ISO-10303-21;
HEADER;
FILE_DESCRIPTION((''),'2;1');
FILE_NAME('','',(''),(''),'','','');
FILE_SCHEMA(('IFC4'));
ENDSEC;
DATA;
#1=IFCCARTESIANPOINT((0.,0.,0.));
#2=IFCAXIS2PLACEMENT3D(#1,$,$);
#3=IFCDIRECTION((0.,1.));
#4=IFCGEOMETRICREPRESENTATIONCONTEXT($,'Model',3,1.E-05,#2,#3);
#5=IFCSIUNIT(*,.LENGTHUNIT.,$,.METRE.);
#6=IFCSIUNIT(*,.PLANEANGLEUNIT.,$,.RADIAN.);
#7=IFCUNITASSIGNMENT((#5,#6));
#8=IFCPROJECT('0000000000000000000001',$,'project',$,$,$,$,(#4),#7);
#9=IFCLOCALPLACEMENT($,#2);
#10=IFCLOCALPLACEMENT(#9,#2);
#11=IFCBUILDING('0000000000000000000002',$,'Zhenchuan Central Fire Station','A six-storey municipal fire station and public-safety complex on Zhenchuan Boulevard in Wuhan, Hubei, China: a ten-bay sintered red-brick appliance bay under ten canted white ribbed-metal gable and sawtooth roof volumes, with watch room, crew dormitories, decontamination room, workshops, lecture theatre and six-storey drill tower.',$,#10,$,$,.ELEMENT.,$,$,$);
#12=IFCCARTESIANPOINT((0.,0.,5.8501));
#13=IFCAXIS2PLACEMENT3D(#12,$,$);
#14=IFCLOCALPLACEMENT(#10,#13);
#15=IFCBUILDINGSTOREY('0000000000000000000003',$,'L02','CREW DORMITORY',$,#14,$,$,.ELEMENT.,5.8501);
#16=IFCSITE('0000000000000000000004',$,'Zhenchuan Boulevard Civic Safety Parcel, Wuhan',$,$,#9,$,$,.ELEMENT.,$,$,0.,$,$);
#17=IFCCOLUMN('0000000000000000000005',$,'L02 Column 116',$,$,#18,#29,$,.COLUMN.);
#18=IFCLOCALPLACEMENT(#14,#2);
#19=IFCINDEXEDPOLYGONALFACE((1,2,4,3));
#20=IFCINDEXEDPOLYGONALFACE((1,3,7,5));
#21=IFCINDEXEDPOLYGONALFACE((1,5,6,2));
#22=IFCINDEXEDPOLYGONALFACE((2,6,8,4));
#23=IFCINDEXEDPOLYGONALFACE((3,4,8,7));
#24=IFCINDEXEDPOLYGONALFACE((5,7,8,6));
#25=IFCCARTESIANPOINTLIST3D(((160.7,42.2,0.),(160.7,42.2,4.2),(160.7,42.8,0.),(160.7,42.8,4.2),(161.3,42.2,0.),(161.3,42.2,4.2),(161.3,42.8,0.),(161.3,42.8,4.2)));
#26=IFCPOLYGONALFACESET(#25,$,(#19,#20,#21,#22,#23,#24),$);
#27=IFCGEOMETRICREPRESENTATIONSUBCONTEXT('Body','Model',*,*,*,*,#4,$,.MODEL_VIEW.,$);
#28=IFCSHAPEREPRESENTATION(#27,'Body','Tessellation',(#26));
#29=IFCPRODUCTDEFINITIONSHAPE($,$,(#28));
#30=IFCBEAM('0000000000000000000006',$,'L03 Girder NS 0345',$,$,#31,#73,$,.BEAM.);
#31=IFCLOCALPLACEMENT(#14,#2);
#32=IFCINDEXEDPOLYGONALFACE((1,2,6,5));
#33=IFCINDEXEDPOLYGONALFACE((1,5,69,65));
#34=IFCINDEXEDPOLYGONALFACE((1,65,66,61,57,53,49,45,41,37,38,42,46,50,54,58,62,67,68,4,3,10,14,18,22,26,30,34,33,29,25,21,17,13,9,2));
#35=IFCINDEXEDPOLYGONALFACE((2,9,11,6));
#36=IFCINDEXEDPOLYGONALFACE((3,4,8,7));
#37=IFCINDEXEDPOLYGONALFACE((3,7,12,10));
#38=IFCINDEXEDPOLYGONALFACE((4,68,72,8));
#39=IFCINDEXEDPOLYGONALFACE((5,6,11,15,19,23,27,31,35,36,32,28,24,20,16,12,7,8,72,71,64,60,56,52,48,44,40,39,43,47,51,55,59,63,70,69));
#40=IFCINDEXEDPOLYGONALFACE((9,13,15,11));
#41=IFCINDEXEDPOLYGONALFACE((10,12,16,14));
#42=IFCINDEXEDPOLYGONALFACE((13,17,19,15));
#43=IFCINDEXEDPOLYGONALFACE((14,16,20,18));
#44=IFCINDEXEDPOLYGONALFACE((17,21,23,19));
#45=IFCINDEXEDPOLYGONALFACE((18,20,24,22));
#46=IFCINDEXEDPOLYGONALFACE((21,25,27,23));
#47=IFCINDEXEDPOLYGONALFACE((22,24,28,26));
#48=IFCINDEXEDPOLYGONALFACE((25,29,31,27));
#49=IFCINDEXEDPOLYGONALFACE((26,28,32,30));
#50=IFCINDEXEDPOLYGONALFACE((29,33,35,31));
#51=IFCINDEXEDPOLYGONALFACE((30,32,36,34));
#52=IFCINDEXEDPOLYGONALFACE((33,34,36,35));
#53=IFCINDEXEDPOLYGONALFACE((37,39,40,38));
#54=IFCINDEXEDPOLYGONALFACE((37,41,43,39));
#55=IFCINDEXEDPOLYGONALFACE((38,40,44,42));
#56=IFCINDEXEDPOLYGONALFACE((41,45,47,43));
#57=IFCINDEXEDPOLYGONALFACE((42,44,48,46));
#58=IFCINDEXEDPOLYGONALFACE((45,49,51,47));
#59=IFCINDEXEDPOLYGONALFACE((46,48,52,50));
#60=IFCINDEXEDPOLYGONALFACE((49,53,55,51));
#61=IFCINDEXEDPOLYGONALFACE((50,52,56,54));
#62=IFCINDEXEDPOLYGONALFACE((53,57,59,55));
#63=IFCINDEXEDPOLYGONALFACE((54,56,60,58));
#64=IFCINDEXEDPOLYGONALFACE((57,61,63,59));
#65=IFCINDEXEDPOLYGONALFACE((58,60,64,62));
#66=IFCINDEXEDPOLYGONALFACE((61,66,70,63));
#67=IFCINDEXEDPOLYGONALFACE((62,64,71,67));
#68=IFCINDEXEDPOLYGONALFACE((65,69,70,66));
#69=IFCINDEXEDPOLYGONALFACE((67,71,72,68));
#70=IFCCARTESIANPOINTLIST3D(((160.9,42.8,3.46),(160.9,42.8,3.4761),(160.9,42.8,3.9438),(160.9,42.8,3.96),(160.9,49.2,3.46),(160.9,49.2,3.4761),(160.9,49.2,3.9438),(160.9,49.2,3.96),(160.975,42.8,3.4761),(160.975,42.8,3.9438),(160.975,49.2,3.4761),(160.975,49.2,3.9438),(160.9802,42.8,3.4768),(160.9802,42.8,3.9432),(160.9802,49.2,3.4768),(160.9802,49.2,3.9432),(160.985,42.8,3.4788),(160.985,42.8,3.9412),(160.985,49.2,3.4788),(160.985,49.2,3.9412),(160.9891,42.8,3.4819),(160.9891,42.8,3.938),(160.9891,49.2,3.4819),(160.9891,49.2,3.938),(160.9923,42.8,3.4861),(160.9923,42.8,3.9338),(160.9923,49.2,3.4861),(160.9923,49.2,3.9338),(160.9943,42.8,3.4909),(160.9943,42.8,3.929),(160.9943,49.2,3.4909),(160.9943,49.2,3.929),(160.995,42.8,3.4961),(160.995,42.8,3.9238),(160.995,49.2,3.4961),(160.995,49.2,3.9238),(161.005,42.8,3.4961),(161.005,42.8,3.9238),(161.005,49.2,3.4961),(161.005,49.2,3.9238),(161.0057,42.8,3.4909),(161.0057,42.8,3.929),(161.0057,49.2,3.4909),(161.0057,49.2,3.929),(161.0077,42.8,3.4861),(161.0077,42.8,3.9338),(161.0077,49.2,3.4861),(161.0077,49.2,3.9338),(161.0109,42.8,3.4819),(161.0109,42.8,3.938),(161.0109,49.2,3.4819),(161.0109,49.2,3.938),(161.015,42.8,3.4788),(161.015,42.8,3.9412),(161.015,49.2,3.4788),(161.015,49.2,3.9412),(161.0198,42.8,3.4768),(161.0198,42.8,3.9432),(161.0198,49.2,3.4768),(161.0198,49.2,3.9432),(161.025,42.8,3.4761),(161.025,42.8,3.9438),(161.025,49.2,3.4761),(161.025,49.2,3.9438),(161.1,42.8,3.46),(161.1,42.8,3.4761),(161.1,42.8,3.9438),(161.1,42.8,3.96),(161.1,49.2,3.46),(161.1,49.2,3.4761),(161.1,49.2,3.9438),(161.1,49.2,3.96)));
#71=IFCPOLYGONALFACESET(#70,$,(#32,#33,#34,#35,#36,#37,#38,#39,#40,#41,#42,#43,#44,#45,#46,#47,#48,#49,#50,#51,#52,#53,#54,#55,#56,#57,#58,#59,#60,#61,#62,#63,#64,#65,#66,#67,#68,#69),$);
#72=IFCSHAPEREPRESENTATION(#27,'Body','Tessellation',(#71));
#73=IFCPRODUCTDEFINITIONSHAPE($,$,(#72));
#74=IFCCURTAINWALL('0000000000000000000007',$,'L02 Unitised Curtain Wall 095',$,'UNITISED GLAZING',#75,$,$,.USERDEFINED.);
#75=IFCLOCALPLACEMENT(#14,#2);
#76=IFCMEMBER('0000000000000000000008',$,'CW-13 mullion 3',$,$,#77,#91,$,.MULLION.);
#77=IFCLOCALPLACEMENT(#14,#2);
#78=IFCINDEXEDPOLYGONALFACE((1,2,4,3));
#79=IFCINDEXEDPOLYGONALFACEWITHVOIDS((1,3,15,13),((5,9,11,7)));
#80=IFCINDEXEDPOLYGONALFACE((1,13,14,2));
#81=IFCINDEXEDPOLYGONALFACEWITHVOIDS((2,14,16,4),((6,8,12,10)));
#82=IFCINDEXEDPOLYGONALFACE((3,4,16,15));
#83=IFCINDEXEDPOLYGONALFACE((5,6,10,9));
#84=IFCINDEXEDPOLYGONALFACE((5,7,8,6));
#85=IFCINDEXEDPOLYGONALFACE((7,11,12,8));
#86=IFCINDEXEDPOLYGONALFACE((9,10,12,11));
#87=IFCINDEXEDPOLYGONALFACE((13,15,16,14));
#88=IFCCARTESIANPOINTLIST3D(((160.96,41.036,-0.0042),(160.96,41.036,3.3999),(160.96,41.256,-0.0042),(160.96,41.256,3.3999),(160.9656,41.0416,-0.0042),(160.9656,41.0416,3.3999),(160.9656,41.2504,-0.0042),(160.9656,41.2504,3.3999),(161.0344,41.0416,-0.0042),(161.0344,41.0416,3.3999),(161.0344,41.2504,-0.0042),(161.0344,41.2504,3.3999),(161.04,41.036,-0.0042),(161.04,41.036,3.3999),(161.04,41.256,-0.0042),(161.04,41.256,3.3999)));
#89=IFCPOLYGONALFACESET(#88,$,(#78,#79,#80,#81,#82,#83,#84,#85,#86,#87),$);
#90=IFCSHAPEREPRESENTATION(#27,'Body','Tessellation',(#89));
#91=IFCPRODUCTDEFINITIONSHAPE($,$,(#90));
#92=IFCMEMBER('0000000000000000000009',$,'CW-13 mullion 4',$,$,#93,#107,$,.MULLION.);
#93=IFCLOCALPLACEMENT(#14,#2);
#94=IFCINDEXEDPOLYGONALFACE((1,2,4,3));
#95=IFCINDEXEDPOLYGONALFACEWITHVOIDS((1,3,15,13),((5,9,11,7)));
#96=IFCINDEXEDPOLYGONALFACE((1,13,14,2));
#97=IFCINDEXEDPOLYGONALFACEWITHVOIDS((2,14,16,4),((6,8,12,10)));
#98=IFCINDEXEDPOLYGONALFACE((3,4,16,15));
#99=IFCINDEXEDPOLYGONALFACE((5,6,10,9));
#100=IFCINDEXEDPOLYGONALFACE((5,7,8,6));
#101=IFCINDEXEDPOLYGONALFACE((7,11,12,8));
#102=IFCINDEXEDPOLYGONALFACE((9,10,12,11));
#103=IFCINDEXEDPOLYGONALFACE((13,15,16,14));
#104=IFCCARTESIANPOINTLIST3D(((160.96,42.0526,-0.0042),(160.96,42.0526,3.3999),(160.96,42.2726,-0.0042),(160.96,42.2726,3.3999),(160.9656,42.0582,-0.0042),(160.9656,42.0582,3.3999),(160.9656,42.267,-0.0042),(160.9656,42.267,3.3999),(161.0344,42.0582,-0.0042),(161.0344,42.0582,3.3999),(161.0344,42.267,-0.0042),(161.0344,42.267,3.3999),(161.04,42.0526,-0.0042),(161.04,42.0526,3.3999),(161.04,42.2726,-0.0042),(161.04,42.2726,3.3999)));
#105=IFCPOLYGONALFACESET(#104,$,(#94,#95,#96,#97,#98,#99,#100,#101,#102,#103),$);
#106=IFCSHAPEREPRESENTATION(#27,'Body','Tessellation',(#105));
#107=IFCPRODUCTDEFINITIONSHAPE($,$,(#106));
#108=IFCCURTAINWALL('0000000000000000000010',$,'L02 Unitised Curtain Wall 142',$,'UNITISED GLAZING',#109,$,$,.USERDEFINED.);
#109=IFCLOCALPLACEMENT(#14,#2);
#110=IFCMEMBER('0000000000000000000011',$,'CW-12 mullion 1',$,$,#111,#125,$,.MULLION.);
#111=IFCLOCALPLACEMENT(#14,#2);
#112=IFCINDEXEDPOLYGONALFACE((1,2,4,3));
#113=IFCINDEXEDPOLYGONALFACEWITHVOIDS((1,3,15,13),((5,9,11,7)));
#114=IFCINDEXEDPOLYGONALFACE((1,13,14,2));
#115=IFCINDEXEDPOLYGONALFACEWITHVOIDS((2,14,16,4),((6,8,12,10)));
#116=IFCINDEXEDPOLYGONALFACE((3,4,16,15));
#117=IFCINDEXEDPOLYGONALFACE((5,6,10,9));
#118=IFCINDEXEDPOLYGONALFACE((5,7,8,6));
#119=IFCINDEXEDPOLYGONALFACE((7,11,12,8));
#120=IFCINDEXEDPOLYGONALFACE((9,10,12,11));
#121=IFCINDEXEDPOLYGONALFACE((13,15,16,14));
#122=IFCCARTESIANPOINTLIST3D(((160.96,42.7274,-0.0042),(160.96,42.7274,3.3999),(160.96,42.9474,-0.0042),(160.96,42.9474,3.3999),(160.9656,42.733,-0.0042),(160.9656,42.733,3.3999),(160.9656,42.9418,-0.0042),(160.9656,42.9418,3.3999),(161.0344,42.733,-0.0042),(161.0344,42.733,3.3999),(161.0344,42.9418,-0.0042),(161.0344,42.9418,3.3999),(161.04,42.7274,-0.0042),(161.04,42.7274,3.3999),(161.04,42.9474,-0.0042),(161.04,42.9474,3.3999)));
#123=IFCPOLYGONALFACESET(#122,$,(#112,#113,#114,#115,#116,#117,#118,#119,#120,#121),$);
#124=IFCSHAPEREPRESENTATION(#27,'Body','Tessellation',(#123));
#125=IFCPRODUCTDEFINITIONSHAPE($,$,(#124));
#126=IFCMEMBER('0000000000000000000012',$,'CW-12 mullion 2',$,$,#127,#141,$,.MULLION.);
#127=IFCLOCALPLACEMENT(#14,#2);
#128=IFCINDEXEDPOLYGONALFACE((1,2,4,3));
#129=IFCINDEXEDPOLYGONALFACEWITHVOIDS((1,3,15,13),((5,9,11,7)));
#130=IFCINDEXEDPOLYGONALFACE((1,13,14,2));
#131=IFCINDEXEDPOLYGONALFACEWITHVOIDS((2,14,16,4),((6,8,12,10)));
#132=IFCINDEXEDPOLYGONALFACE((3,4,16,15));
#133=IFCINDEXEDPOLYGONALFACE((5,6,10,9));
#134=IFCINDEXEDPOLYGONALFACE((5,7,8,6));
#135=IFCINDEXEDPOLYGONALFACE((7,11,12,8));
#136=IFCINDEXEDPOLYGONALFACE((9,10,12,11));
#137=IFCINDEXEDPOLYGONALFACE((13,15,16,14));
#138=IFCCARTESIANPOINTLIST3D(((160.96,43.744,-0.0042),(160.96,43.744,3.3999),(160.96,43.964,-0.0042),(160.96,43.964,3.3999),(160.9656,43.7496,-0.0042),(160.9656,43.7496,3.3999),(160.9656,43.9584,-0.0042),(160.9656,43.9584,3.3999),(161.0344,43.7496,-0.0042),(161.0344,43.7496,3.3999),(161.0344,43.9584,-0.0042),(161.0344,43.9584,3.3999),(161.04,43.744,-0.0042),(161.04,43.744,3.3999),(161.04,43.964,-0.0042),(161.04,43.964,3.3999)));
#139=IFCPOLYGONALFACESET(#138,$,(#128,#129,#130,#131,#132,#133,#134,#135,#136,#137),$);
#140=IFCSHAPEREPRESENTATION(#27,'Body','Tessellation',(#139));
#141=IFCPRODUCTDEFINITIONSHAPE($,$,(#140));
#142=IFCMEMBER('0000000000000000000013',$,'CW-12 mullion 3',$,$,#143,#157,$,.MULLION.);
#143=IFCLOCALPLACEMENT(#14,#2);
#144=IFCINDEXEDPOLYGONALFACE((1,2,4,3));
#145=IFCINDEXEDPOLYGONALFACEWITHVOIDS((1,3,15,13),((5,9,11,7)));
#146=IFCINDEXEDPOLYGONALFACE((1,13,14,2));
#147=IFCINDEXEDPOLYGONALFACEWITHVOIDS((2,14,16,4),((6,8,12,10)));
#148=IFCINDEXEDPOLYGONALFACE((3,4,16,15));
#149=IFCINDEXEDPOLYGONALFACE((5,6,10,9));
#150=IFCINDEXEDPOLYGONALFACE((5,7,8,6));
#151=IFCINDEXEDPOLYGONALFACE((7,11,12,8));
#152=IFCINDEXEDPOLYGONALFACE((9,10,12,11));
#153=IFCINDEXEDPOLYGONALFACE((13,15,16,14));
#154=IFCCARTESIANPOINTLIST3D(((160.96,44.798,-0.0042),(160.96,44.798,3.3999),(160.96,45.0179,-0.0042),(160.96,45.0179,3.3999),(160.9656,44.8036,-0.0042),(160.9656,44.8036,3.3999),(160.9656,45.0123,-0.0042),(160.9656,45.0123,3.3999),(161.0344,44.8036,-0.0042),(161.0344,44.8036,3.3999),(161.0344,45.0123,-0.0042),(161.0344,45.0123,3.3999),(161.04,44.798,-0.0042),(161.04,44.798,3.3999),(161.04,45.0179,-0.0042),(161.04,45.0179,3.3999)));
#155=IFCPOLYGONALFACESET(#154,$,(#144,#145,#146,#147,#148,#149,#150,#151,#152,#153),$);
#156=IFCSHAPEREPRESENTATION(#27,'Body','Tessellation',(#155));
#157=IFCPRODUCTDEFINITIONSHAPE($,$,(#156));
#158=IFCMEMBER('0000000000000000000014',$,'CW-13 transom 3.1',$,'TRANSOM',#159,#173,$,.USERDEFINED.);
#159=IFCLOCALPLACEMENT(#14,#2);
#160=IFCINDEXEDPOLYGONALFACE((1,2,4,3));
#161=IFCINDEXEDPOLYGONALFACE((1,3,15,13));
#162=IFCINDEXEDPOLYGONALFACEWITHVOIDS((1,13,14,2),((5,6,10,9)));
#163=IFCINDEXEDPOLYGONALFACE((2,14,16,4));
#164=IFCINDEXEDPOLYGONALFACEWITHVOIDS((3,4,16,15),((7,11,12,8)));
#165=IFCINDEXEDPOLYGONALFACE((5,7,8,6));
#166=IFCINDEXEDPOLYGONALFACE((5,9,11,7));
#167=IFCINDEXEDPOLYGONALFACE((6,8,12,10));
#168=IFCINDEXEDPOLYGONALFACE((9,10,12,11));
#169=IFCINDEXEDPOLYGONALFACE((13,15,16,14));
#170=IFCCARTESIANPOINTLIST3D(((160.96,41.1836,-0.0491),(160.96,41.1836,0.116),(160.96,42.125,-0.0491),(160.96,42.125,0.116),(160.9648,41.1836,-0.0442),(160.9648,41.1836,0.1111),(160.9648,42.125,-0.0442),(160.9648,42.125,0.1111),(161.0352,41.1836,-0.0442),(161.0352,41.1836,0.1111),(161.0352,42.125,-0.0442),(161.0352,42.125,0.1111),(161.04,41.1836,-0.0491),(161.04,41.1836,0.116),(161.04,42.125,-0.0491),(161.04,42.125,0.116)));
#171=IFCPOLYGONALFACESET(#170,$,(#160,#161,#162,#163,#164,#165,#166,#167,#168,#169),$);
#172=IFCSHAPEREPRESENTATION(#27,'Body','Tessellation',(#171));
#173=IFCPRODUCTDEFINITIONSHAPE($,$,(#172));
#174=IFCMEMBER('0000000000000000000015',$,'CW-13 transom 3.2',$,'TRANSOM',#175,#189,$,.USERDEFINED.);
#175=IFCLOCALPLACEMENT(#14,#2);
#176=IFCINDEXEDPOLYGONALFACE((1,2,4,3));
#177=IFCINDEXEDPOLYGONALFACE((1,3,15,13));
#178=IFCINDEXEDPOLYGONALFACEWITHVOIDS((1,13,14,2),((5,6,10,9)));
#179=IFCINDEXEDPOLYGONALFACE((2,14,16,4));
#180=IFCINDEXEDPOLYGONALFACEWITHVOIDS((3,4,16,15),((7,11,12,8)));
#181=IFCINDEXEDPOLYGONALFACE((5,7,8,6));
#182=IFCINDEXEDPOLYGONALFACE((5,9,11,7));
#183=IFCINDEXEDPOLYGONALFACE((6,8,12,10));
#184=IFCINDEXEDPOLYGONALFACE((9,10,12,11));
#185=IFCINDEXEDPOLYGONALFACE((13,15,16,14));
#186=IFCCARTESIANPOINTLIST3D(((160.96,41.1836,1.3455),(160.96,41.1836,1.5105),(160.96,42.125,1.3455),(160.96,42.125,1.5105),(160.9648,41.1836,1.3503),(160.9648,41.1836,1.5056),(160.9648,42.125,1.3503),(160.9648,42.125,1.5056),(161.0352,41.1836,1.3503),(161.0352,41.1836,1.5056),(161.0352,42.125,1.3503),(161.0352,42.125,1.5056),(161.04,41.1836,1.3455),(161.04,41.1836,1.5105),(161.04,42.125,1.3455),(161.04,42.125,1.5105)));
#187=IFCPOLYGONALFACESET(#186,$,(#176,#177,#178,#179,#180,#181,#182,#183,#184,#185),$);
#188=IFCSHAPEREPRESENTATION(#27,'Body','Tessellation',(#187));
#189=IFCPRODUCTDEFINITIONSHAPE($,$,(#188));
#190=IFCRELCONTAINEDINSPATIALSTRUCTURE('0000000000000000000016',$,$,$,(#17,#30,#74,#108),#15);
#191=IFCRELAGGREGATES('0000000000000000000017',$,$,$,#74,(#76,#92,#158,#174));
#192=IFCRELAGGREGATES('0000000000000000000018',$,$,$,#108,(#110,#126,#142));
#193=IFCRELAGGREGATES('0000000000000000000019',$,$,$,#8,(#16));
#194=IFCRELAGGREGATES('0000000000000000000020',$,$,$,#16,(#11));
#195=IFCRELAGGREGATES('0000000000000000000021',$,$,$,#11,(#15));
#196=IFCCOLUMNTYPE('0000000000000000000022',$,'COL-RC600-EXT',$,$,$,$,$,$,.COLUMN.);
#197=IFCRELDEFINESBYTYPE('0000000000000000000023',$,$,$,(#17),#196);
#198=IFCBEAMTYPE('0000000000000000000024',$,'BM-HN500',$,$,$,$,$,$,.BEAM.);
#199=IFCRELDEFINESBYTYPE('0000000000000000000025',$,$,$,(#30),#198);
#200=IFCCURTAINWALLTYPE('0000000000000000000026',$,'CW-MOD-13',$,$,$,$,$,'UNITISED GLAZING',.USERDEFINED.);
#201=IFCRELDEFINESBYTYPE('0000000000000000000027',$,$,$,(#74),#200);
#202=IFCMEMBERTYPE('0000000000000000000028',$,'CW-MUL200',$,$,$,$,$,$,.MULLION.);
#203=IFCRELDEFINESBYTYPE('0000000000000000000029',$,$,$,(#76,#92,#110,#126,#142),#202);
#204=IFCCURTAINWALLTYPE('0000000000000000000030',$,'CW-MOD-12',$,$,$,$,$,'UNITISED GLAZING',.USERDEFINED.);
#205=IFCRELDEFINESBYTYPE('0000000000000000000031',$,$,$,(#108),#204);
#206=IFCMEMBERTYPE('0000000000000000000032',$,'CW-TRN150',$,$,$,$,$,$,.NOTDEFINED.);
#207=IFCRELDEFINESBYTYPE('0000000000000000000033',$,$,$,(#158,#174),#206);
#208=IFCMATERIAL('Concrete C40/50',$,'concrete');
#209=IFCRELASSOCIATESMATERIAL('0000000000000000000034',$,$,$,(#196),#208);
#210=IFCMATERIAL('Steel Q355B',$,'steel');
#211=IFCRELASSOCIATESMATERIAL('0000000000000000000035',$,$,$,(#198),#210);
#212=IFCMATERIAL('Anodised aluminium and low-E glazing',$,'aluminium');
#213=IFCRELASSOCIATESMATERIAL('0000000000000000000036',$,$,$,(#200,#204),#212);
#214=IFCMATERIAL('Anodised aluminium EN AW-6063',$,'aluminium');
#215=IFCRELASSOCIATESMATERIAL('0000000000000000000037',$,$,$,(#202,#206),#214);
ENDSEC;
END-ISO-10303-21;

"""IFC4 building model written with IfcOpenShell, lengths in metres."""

from ifc_helpers import new_model, si_unit, direction, frame, origin, origin_2d, place, context, subcontext, project, spatial, rectangle, hollow_rectangle, i_section, extrude, material, material_profile, profile_set, type_object, element, aggregate, save


model = new_model("IFC4")

# Units and contexts
model_context = context("Model", 3, precision=1e-05, world=origin(), true_north=direction((0.0, 1.0)))
body_context = subcontext(model_context, "Body", "Model", "MODEL_VIEW")
ifc_project = project(units=[si_unit("LENGTHUNIT", "METRE"), si_unit("PLANEANGLEUNIT", "RADIAN")], contexts=[model_context])

# Site, building, storey
site_placement = place(None, origin())
site = spatial("IfcSite", under=ifc_project, at=site_placement, Name="Zhenchuan Boulevard Civic Safety Parcel, Wuhan", CompositionType="ELEMENT", RefElevation=0.0)
building_placement = place(site_placement, origin())
building = spatial("IfcBuilding", under=site, at=building_placement, Name="Zhenchuan Central Fire Station", Description="A six-storey municipal fire station and public-safety complex on Zhenchuan Boulevard in Wuhan, Hubei, China: a ten-bay sintered red-brick appliance bay under ten canted white ribbed-metal gable and sawtooth roof volumes, with watch room, crew dormitories, decontamination room, workshops, lecture theatre and six-storey drill tower.", CompositionType="ELEMENT")
storey_placement = place(building_placement, frame((0.0, 0.0, 5.8501)))
storey = spatial("IfcBuildingStorey", under=building, at=storey_placement, Name="L02", Description="CREW DORMITORY", CompositionType="ELEMENT", Elevation=5.8501)

# Column
ifc_material_1 = material(Name="Concrete C40/50", Category="concrete")
ifc_material_profile_1 = material_profile(ifc_material_1, rectangle(XDim=0.6001, YDim=0.6001, at=origin_2d()), Name="RC 600x600")
ifc_profile_set_1 = profile_set([ifc_material_profile_1], Name="Concrete C40/50")
column_type = type_object("IfcColumnType", Name="COL-RC600-EXT", PredefinedType="COLUMN", material=ifc_profile_set_1)
column_placement = place(storey_placement, frame((161.0, 42.5, 0.0), z_axis=(0.0, 0.0, 1.0), x_axis=(1.0, 0.0, 0.0)))
element("IfcColumn", 1, at=column_placement, inside=storey, type_object=column_type, Name="L02 Column 116", PredefinedType="COLUMN", context=body_context, shape_type="SweptSolid", body=[
    extrude(rectangle(XDim=0.6001, YDim=0.6001, at=origin_2d()), origin(), (0.0, 0.0, 1.0), 4.2),
])

# Beam
ifc_material_2 = material(Name="Steel Q355B", Category="steel")
ifc_material_profile_2 = material_profile(ifc_material_2, i_section(OverallWidth=0.2, OverallDepth=0.5, WebThickness=0.01, FlangeThickness=0.0161, FilletRadius=0.02, at=origin_2d()), Name="HN 500x200")
ifc_profile_set_2 = profile_set([ifc_material_profile_2], Name="Steel Q355B")
beam_type_1 = type_object("IfcBeamType", Name="BM-HN500", PredefinedType="BEAM", material=ifc_profile_set_2)
beam_1_placement = place(storey_placement, frame((161.0, 42.8, 3.71), z_axis=(0.0, 1.0, 0.0), x_axis=(-1.0, 0.0, 0.0)))
element("IfcBeam", 2, at=beam_1_placement, inside=storey, type_object=beam_type_1, Name="L03 Girder NS 0345", PredefinedType="BEAM", context=body_context, shape_type="SweptSolid", body=[
    extrude(i_section(OverallWidth=0.2, OverallDepth=0.5, WebThickness=0.01, FlangeThickness=0.0161, FilletRadius=0.02, at=origin_2d()), origin(), (0.0, 0.0, 1.0), 6.3999),
])

# Curtain walls, members
ifc_material_3 = material(Name="Anodised aluminium and low-E glazing", Category="aluminium")
curtain_wall_type_1 = type_object("IfcCurtainWallType", Name="CW-MOD-13", ElementType="UNITISED GLAZING", PredefinedType="USERDEFINED", material=ifc_material_3)
curtain_wall_1_placement = place(storey_placement, origin())
curtain_wall_1 = element("IfcCurtainWall", 3, at=curtain_wall_1_placement, inside=storey, type_object=curtain_wall_type_1, Name="L02 Unitised Curtain Wall 095", ObjectType="UNITISED GLAZING", PredefinedType="USERDEFINED")
ifc_material_4 = material(Name="Anodised aluminium EN AW-6063", Category="aluminium")
ifc_material_profile_3 = material_profile(ifc_material_4, hollow_rectangle(XDim=0.0801, YDim=0.22, WallThickness=0.0056, at=origin_2d()), Name="ALU-M 220x80")
ifc_profile_set_3 = profile_set([ifc_material_profile_3], Name="Anodised aluminium EN AW-6063")
member_type_1 = type_object("IfcMemberType", Name="CW-MUL200", PredefinedType="MULLION", material=ifc_profile_set_3)
member_1_placement = place(storey_placement, frame((161.0, 41.146, -0.0042), z_axis=(0.0, 0.0, 1.0), x_axis=(-1.0, 0.0, 0.0)))
member_1 = element("IfcMember", 4, at=member_1_placement, type_object=member_type_1, Name="CW-13 mullion 3", PredefinedType="MULLION", context=body_context, shape_type="SweptSolid", body=[
    extrude(hollow_rectangle(XDim=0.0801, YDim=0.22, WallThickness=0.0056, at=origin_2d()), origin(), (0.0, 0.0, 1.0), 3.4041),
])
member_2_placement = place(storey_placement, frame((161.0, 42.1626, -0.0042), z_axis=(0.0, 0.0, 1.0), x_axis=(-1.0, 0.0, 0.0)))
member_2 = element("IfcMember", 5, at=member_2_placement, type_object=member_type_1, Name="CW-13 mullion 4", PredefinedType="MULLION", context=body_context, shape_type="SweptSolid", body=[
    extrude(hollow_rectangle(XDim=0.0801, YDim=0.22, WallThickness=0.0056, at=origin_2d()), origin(), (0.0, 0.0, 1.0), 3.4041),
])
curtain_wall_type_2 = type_object("IfcCurtainWallType", Name="CW-MOD-12", ElementType="UNITISED GLAZING", PredefinedType="USERDEFINED", material=ifc_material_3)
curtain_wall_2_placement = place(storey_placement, origin())
curtain_wall_2 = element("IfcCurtainWall", 6, at=curtain_wall_2_placement, inside=storey, type_object=curtain_wall_type_2, Name="L02 Unitised Curtain Wall 142", ObjectType="UNITISED GLAZING", PredefinedType="USERDEFINED")
member_3_placement = place(storey_placement, frame((161.0, 42.8374, -0.0042), z_axis=(0.0, 0.0, 1.0), x_axis=(-1.0, 0.0, 0.0)))
member_3 = element("IfcMember", 7, at=member_3_placement, type_object=member_type_1, Name="CW-12 mullion 1", PredefinedType="MULLION", context=body_context, shape_type="SweptSolid", body=[
    extrude(hollow_rectangle(XDim=0.0801, YDim=0.22, WallThickness=0.0056, at=origin_2d()), origin(), (0.0, 0.0, 1.0), 3.4041),
])
member_4_placement = place(storey_placement, frame((161.0, 43.854, -0.0042), z_axis=(0.0, 0.0, 1.0), x_axis=(-1.0, 0.0, 0.0)))
member_4 = element("IfcMember", 8, at=member_4_placement, type_object=member_type_1, Name="CW-12 mullion 2", PredefinedType="MULLION", context=body_context, shape_type="SweptSolid", body=[
    extrude(hollow_rectangle(XDim=0.0801, YDim=0.22, WallThickness=0.0056, at=origin_2d()), origin(), (0.0, 0.0, 1.0), 3.4041),
])
member_5_placement = place(storey_placement, frame((161.0, 44.908, -0.0042), z_axis=(0.0, 0.0, 1.0), x_axis=(-1.0, 0.0, 0.0)))
member_5 = element("IfcMember", 9, at=member_5_placement, type_object=member_type_1, Name="CW-12 mullion 3", PredefinedType="MULLION", context=body_context, shape_type="SweptSolid", body=[
    extrude(hollow_rectangle(XDim=0.0801, YDim=0.22, WallThickness=0.0056, at=origin_2d()), origin(), (0.0, 0.0, 1.0), 3.4041),
])

# Members
ifc_material_profile_4 = material_profile(ifc_material_4, hollow_rectangle(XDim=0.0801, YDim=0.165, WallThickness=0.0049, at=origin_2d()), Name="ALU-T 165x80")
ifc_profile_set_4 = profile_set([ifc_material_profile_4], Name="Anodised aluminium EN AW-6063")
member_type_2 = type_object("IfcMemberType", Name="CW-TRN150", PredefinedType="NOTDEFINED", material=ifc_profile_set_4)
member_6_placement = place(storey_placement, frame((161.0, 41.1836, 0.0334), z_axis=(0.0, 1.0, 0.0), x_axis=(-1.0, 0.0, 0.0)))
member_6 = element("IfcMember", 10, at=member_6_placement, type_object=member_type_2, Name="CW-13 transom 3.1", ObjectType="TRANSOM", PredefinedType="USERDEFINED", context=body_context, shape_type="SweptSolid", body=[
    extrude(hollow_rectangle(XDim=0.0801, YDim=0.165, WallThickness=0.0049, at=origin_2d()), origin(), (0.0, 0.0, 1.0), 0.9414),
])
member_7_placement = place(storey_placement, frame((161.0, 41.1836, 1.428), z_axis=(0.0, 1.0, 0.0), x_axis=(-1.0, 0.0, 0.0)))
member_7 = element("IfcMember", 11, at=member_7_placement, type_object=member_type_2, Name="CW-13 transom 3.2", ObjectType="TRANSOM", PredefinedType="USERDEFINED", context=body_context, shape_type="SweptSolid", body=[
    extrude(hollow_rectangle(XDim=0.0801, YDim=0.165, WallThickness=0.0049, at=origin_2d()), origin(), (0.0, 0.0, 1.0), 0.9414),
])

aggregate(curtain_wall_1, [member_1, member_2, member_6, member_7])
aggregate(curtain_wall_2, [member_3, member_4, member_5])

save(model, "model.ifc")
